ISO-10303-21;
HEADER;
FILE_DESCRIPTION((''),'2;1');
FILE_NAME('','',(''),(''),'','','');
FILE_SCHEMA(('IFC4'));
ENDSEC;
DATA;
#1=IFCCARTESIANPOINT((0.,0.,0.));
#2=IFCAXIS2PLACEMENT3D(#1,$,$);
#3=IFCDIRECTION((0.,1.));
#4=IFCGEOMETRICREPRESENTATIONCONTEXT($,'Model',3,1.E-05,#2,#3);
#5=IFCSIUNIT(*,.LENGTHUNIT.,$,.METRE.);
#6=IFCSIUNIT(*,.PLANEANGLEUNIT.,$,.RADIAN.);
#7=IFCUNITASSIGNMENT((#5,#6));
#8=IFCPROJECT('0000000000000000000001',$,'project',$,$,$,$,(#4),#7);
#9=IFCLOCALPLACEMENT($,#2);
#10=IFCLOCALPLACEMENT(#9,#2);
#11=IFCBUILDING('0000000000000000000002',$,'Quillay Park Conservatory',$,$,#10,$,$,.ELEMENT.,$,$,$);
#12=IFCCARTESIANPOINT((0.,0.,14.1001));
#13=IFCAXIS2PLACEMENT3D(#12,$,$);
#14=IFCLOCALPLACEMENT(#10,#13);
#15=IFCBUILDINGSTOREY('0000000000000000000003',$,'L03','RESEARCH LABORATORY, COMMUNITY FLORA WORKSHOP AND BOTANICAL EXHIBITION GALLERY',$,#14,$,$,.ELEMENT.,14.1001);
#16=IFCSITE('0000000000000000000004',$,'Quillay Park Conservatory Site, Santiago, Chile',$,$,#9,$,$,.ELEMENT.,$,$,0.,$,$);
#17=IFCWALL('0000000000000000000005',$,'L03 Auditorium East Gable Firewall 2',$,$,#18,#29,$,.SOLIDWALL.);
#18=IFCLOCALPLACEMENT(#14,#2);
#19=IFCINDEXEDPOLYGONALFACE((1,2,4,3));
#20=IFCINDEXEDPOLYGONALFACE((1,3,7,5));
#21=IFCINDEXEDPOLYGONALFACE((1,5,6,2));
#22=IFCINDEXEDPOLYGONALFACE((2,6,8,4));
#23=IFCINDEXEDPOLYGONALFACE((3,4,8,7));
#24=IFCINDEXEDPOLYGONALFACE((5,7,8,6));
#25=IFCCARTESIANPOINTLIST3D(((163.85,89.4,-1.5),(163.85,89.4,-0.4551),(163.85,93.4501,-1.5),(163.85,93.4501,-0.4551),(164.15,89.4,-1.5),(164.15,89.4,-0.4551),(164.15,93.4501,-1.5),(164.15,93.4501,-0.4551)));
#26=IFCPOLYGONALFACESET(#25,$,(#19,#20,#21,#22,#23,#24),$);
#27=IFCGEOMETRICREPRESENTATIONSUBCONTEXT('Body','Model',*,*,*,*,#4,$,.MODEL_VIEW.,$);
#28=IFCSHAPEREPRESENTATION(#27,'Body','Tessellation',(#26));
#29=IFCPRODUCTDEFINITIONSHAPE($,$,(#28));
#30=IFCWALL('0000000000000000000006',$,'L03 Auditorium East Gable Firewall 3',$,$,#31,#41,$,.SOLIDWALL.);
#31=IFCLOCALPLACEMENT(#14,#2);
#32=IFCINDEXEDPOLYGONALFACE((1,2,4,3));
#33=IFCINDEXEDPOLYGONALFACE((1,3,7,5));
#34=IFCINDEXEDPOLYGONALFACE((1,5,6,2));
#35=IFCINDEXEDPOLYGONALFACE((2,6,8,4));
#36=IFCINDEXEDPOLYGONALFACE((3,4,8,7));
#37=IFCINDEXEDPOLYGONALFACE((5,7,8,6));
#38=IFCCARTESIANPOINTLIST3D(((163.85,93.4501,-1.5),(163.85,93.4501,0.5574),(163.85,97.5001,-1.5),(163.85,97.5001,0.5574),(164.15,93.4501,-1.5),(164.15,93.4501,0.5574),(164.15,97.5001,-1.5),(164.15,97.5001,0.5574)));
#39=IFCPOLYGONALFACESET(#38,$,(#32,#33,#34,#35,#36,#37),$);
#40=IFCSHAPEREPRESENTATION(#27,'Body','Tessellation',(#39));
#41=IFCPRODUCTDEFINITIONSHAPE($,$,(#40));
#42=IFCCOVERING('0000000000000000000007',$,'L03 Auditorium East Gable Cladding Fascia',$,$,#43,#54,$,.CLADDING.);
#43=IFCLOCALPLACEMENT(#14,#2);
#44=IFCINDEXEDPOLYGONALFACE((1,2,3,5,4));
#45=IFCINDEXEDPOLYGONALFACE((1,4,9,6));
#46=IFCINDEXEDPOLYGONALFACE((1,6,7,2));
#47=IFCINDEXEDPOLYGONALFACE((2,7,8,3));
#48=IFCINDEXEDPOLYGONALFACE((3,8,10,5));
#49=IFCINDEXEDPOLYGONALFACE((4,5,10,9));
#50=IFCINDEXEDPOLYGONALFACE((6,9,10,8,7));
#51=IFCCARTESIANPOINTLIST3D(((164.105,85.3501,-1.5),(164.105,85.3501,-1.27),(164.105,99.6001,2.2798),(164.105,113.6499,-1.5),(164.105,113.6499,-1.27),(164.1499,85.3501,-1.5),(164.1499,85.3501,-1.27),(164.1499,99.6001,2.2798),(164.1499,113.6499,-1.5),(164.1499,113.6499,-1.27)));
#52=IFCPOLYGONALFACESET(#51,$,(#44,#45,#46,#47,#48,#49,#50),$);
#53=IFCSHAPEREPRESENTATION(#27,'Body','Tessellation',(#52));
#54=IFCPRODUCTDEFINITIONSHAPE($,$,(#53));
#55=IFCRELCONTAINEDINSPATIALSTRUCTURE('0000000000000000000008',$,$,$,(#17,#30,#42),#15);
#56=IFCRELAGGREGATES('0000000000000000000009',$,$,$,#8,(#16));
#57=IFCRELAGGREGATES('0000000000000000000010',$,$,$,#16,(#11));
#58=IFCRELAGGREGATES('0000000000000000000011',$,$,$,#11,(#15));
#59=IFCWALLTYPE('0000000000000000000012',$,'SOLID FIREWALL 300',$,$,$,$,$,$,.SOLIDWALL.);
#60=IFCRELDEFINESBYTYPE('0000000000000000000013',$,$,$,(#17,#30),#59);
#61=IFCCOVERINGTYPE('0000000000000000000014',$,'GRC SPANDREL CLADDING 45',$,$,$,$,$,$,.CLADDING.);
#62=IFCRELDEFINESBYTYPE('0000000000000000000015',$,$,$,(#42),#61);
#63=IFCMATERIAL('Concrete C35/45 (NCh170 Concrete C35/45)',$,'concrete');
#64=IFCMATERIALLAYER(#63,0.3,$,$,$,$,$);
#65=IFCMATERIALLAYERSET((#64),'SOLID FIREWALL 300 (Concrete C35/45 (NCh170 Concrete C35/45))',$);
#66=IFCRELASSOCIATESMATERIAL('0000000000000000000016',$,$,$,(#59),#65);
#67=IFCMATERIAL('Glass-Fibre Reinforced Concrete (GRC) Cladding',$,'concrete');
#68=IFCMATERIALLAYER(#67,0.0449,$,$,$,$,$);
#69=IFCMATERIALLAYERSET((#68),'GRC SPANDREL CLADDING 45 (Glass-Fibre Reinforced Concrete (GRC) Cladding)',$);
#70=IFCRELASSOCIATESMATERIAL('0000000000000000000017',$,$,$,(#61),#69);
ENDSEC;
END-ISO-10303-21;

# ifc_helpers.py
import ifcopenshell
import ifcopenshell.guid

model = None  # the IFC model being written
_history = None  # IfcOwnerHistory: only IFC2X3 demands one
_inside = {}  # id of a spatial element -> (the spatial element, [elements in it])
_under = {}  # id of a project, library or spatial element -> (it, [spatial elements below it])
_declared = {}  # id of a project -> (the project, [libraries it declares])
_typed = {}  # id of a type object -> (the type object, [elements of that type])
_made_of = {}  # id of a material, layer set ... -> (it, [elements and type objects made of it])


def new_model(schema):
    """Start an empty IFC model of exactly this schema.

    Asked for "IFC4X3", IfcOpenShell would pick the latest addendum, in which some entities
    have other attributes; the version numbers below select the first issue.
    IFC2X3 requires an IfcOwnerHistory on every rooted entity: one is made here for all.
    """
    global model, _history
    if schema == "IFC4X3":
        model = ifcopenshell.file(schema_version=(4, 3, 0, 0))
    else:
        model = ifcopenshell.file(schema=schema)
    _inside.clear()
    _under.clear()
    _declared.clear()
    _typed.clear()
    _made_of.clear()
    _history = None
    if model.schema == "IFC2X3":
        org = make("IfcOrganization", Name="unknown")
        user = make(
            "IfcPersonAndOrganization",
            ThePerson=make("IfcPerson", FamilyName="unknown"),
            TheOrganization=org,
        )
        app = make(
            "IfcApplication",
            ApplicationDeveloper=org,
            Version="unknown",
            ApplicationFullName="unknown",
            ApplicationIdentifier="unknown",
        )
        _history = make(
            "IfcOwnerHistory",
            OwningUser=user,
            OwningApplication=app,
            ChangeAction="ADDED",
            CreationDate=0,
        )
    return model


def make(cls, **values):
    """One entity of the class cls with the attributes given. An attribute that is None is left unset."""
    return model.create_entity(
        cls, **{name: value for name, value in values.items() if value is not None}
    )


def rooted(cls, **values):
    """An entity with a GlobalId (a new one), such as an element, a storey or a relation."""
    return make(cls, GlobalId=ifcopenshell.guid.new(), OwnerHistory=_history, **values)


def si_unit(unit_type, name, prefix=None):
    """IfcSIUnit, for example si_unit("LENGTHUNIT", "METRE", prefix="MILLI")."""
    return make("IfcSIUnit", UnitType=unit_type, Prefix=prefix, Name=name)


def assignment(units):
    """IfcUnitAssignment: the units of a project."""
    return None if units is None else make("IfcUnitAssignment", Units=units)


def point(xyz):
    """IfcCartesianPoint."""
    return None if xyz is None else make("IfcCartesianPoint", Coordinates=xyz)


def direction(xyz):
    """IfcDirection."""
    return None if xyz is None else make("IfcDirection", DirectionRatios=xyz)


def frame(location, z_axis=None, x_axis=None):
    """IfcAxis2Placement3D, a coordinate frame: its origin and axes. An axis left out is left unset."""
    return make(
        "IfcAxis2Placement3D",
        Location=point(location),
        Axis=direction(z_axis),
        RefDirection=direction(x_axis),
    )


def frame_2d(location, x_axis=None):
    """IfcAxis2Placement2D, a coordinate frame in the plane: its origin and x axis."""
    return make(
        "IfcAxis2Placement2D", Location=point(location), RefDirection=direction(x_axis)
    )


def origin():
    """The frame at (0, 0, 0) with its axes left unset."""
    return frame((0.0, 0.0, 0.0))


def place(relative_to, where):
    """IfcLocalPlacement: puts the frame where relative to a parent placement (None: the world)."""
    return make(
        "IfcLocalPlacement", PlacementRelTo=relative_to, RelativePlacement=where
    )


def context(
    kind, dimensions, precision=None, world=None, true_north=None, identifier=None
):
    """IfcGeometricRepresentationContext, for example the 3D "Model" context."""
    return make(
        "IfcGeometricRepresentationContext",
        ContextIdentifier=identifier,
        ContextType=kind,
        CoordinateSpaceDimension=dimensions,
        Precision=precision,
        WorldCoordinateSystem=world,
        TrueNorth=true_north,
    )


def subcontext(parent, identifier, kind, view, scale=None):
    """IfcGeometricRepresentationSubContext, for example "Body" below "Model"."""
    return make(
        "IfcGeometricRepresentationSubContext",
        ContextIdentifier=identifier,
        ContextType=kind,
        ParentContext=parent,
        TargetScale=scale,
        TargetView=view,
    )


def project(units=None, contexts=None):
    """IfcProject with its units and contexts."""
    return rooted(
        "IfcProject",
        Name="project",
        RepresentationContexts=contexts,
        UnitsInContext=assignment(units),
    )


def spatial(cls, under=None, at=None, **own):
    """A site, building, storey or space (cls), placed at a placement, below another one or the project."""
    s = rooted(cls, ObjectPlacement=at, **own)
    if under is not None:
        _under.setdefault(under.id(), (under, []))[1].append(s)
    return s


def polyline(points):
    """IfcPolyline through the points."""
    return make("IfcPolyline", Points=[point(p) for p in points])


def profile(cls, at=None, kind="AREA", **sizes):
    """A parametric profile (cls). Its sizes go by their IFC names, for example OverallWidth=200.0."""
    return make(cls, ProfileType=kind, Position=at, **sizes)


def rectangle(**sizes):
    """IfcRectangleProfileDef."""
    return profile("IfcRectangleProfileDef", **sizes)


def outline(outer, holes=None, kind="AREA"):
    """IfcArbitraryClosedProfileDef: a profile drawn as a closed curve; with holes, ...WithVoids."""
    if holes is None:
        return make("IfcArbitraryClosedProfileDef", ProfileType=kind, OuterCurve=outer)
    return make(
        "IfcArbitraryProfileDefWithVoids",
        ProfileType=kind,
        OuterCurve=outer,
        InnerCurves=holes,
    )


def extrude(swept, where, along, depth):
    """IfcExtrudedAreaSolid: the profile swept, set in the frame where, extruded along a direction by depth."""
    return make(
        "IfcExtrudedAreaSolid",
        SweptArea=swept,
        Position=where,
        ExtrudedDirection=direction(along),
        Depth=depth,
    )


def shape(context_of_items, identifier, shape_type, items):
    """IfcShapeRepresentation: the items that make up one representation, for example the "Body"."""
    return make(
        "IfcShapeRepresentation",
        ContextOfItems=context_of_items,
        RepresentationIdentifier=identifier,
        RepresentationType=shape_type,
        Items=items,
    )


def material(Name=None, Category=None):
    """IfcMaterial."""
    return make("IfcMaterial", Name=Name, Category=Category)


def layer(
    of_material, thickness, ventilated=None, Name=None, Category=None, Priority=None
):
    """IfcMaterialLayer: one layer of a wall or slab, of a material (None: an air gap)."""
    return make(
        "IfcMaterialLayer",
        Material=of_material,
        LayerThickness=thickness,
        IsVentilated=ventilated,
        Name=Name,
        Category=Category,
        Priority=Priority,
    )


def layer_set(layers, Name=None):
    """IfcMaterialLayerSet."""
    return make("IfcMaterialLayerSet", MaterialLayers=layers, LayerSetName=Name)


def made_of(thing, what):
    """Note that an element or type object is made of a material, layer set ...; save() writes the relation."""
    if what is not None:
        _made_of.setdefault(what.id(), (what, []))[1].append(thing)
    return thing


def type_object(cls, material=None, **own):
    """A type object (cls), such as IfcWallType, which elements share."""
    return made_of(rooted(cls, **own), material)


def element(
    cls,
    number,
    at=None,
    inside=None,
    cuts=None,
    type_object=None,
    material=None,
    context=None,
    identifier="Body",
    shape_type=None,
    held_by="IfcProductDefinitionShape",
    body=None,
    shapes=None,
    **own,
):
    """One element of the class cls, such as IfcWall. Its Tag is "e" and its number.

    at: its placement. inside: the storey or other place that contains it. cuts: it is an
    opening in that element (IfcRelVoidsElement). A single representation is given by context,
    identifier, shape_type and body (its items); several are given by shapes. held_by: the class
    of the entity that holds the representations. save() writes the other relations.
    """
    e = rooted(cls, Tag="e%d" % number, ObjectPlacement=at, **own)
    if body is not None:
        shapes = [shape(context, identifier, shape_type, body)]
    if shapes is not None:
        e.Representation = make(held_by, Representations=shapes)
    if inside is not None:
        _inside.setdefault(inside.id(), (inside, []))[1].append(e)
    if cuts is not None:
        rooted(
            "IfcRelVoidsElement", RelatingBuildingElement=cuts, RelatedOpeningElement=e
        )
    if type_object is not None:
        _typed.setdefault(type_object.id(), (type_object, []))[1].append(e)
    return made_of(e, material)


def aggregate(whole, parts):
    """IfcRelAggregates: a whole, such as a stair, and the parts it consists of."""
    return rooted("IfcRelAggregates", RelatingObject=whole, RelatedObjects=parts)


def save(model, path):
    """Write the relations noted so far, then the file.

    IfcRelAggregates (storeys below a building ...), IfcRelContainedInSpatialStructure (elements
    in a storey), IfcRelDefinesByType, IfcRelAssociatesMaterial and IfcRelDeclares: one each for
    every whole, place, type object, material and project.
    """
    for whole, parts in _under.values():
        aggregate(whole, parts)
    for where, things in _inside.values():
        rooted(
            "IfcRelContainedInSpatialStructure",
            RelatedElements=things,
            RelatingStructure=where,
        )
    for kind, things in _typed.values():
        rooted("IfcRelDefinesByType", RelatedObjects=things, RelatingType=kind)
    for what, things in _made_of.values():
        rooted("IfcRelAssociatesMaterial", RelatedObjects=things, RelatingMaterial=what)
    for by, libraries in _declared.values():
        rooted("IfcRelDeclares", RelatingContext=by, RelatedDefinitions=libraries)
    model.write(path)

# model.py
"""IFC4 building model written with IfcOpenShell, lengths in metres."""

from ifc_helpers import new_model, si_unit, direction, frame, frame_2d, origin, place, context, subcontext, project, spatial, polyline, rectangle, outline, extrude, material, layer, layer_set, type_object, element, save


model = new_model("IFC4")

# Units and contexts
model_context = context("Model", 3, precision=1e-05, world=origin(), true_north=direction((0.0, 1.0)))
body_context = subcontext(model_context, "Body", "Model", "MODEL_VIEW")
ifc_project = project(units=[si_unit("LENGTHUNIT", "METRE"), si_unit("PLANEANGLEUNIT", "RADIAN")], contexts=[model_context])

# Site, building, storey
site_placement = place(None, origin())
site = spatial("IfcSite", under=ifc_project, at=site_placement, Name="Quillay Park Conservatory Site, Santiago, Chile", CompositionType="ELEMENT", RefElevation=0.0)
building_placement = place(site_placement, origin())
building = spatial("IfcBuilding", under=site, at=building_placement, Name="Quillay Park Conservatory", CompositionType="ELEMENT")
storey_placement = place(building_placement, frame((0.0, 0.0, 14.1001)))
storey = spatial("IfcBuildingStorey", under=building, at=storey_placement, Name="L03", Description="RESEARCH LABORATORY, COMMUNITY FLORA WORKSHOP AND BOTANICAL EXHIBITION GALLERY", CompositionType="ELEMENT", Elevation=14.1001)

# Walls
ifc_material_1 = material(Name="Concrete C35/45 (NCh170 Concrete C35/45)", Category="concrete")
ifc_layer_1 = layer(ifc_material_1, 0.3)
ifc_layer_set_1 = layer_set([ifc_layer_1], Name="SOLID FIREWALL 300 (Concrete C35/45 (NCh170 Concrete C35/45))")
wall_type = type_object("IfcWallType", Name="SOLID FIREWALL 300", PredefinedType="SOLIDWALL", material=ifc_layer_set_1)
wall_1_placement = place(storey_placement, frame((164.0, 93.45, -1.5), z_axis=(0.0, 0.0, 1.0), x_axis=(0.0, -1.0, 0.0)))
element("IfcWall", 1, at=wall_1_placement, inside=storey, type_object=wall_type, Name="L03 Auditorium East Gable Firewall 2", PredefinedType="SOLIDWALL", context=body_context, shape_type="SweptSolid", body=[
    extrude(rectangle(XDim=4.05, YDim=0.3, at=frame_2d((2.0249, 0.0))), origin(), (0.0, 0.0, 1.0), 1.0449),
])
wall_2_placement = place(storey_placement, frame((164.0, 97.5, -1.5), z_axis=(0.0, 0.0, 1.0), x_axis=(0.0, -1.0, 0.0)))
element("IfcWall", 2, at=wall_2_placement, inside=storey, type_object=wall_type, Name="L03 Auditorium East Gable Firewall 3", PredefinedType="SOLIDWALL", context=body_context, shape_type="SweptSolid", body=[
    extrude(rectangle(XDim=4.05, YDim=0.3, at=frame_2d((2.0249, 0.0))), origin(), (0.0, 0.0, 1.0), 2.0574),
])

# Covering
ifc_material_2 = material(Name="Glass-Fibre Reinforced Concrete (GRC) Cladding", Category="concrete")
ifc_layer_2 = layer(ifc_material_2, 0.0449)
ifc_layer_set_2 = layer_set([ifc_layer_2], Name="GRC SPANDREL CLADDING 45 (Glass-Fibre Reinforced Concrete (GRC) Cladding)")
covering_type = type_object("IfcCoveringType", Name="GRC SPANDREL CLADDING 45", PredefinedType="CLADDING", material=ifc_layer_set_2)
covering_placement = place(storey_placement, frame((164.1499, 85.3501, -1.5), z_axis=(1.0, 0.0, 0.0), x_axis=(0.0, 1.0, 0.0)))
element("IfcCovering", 3, at=covering_placement, inside=storey, type_object=covering_type, Name="L03 Auditorium East Gable Cladding Fascia", PredefinedType="CLADDING", context=body_context, shape_type="SweptSolid", body=[
    extrude(outline(polyline([(0.0, 0.0), (28.2998, 0.0), (28.2998, 0.23), (14.25, 3.7798), (0.0, 0.23), (0.0, 0.0)])), origin(), (0.0, 0.0, -1.0), 0.0449),
])

save(model, "model.ifc")
